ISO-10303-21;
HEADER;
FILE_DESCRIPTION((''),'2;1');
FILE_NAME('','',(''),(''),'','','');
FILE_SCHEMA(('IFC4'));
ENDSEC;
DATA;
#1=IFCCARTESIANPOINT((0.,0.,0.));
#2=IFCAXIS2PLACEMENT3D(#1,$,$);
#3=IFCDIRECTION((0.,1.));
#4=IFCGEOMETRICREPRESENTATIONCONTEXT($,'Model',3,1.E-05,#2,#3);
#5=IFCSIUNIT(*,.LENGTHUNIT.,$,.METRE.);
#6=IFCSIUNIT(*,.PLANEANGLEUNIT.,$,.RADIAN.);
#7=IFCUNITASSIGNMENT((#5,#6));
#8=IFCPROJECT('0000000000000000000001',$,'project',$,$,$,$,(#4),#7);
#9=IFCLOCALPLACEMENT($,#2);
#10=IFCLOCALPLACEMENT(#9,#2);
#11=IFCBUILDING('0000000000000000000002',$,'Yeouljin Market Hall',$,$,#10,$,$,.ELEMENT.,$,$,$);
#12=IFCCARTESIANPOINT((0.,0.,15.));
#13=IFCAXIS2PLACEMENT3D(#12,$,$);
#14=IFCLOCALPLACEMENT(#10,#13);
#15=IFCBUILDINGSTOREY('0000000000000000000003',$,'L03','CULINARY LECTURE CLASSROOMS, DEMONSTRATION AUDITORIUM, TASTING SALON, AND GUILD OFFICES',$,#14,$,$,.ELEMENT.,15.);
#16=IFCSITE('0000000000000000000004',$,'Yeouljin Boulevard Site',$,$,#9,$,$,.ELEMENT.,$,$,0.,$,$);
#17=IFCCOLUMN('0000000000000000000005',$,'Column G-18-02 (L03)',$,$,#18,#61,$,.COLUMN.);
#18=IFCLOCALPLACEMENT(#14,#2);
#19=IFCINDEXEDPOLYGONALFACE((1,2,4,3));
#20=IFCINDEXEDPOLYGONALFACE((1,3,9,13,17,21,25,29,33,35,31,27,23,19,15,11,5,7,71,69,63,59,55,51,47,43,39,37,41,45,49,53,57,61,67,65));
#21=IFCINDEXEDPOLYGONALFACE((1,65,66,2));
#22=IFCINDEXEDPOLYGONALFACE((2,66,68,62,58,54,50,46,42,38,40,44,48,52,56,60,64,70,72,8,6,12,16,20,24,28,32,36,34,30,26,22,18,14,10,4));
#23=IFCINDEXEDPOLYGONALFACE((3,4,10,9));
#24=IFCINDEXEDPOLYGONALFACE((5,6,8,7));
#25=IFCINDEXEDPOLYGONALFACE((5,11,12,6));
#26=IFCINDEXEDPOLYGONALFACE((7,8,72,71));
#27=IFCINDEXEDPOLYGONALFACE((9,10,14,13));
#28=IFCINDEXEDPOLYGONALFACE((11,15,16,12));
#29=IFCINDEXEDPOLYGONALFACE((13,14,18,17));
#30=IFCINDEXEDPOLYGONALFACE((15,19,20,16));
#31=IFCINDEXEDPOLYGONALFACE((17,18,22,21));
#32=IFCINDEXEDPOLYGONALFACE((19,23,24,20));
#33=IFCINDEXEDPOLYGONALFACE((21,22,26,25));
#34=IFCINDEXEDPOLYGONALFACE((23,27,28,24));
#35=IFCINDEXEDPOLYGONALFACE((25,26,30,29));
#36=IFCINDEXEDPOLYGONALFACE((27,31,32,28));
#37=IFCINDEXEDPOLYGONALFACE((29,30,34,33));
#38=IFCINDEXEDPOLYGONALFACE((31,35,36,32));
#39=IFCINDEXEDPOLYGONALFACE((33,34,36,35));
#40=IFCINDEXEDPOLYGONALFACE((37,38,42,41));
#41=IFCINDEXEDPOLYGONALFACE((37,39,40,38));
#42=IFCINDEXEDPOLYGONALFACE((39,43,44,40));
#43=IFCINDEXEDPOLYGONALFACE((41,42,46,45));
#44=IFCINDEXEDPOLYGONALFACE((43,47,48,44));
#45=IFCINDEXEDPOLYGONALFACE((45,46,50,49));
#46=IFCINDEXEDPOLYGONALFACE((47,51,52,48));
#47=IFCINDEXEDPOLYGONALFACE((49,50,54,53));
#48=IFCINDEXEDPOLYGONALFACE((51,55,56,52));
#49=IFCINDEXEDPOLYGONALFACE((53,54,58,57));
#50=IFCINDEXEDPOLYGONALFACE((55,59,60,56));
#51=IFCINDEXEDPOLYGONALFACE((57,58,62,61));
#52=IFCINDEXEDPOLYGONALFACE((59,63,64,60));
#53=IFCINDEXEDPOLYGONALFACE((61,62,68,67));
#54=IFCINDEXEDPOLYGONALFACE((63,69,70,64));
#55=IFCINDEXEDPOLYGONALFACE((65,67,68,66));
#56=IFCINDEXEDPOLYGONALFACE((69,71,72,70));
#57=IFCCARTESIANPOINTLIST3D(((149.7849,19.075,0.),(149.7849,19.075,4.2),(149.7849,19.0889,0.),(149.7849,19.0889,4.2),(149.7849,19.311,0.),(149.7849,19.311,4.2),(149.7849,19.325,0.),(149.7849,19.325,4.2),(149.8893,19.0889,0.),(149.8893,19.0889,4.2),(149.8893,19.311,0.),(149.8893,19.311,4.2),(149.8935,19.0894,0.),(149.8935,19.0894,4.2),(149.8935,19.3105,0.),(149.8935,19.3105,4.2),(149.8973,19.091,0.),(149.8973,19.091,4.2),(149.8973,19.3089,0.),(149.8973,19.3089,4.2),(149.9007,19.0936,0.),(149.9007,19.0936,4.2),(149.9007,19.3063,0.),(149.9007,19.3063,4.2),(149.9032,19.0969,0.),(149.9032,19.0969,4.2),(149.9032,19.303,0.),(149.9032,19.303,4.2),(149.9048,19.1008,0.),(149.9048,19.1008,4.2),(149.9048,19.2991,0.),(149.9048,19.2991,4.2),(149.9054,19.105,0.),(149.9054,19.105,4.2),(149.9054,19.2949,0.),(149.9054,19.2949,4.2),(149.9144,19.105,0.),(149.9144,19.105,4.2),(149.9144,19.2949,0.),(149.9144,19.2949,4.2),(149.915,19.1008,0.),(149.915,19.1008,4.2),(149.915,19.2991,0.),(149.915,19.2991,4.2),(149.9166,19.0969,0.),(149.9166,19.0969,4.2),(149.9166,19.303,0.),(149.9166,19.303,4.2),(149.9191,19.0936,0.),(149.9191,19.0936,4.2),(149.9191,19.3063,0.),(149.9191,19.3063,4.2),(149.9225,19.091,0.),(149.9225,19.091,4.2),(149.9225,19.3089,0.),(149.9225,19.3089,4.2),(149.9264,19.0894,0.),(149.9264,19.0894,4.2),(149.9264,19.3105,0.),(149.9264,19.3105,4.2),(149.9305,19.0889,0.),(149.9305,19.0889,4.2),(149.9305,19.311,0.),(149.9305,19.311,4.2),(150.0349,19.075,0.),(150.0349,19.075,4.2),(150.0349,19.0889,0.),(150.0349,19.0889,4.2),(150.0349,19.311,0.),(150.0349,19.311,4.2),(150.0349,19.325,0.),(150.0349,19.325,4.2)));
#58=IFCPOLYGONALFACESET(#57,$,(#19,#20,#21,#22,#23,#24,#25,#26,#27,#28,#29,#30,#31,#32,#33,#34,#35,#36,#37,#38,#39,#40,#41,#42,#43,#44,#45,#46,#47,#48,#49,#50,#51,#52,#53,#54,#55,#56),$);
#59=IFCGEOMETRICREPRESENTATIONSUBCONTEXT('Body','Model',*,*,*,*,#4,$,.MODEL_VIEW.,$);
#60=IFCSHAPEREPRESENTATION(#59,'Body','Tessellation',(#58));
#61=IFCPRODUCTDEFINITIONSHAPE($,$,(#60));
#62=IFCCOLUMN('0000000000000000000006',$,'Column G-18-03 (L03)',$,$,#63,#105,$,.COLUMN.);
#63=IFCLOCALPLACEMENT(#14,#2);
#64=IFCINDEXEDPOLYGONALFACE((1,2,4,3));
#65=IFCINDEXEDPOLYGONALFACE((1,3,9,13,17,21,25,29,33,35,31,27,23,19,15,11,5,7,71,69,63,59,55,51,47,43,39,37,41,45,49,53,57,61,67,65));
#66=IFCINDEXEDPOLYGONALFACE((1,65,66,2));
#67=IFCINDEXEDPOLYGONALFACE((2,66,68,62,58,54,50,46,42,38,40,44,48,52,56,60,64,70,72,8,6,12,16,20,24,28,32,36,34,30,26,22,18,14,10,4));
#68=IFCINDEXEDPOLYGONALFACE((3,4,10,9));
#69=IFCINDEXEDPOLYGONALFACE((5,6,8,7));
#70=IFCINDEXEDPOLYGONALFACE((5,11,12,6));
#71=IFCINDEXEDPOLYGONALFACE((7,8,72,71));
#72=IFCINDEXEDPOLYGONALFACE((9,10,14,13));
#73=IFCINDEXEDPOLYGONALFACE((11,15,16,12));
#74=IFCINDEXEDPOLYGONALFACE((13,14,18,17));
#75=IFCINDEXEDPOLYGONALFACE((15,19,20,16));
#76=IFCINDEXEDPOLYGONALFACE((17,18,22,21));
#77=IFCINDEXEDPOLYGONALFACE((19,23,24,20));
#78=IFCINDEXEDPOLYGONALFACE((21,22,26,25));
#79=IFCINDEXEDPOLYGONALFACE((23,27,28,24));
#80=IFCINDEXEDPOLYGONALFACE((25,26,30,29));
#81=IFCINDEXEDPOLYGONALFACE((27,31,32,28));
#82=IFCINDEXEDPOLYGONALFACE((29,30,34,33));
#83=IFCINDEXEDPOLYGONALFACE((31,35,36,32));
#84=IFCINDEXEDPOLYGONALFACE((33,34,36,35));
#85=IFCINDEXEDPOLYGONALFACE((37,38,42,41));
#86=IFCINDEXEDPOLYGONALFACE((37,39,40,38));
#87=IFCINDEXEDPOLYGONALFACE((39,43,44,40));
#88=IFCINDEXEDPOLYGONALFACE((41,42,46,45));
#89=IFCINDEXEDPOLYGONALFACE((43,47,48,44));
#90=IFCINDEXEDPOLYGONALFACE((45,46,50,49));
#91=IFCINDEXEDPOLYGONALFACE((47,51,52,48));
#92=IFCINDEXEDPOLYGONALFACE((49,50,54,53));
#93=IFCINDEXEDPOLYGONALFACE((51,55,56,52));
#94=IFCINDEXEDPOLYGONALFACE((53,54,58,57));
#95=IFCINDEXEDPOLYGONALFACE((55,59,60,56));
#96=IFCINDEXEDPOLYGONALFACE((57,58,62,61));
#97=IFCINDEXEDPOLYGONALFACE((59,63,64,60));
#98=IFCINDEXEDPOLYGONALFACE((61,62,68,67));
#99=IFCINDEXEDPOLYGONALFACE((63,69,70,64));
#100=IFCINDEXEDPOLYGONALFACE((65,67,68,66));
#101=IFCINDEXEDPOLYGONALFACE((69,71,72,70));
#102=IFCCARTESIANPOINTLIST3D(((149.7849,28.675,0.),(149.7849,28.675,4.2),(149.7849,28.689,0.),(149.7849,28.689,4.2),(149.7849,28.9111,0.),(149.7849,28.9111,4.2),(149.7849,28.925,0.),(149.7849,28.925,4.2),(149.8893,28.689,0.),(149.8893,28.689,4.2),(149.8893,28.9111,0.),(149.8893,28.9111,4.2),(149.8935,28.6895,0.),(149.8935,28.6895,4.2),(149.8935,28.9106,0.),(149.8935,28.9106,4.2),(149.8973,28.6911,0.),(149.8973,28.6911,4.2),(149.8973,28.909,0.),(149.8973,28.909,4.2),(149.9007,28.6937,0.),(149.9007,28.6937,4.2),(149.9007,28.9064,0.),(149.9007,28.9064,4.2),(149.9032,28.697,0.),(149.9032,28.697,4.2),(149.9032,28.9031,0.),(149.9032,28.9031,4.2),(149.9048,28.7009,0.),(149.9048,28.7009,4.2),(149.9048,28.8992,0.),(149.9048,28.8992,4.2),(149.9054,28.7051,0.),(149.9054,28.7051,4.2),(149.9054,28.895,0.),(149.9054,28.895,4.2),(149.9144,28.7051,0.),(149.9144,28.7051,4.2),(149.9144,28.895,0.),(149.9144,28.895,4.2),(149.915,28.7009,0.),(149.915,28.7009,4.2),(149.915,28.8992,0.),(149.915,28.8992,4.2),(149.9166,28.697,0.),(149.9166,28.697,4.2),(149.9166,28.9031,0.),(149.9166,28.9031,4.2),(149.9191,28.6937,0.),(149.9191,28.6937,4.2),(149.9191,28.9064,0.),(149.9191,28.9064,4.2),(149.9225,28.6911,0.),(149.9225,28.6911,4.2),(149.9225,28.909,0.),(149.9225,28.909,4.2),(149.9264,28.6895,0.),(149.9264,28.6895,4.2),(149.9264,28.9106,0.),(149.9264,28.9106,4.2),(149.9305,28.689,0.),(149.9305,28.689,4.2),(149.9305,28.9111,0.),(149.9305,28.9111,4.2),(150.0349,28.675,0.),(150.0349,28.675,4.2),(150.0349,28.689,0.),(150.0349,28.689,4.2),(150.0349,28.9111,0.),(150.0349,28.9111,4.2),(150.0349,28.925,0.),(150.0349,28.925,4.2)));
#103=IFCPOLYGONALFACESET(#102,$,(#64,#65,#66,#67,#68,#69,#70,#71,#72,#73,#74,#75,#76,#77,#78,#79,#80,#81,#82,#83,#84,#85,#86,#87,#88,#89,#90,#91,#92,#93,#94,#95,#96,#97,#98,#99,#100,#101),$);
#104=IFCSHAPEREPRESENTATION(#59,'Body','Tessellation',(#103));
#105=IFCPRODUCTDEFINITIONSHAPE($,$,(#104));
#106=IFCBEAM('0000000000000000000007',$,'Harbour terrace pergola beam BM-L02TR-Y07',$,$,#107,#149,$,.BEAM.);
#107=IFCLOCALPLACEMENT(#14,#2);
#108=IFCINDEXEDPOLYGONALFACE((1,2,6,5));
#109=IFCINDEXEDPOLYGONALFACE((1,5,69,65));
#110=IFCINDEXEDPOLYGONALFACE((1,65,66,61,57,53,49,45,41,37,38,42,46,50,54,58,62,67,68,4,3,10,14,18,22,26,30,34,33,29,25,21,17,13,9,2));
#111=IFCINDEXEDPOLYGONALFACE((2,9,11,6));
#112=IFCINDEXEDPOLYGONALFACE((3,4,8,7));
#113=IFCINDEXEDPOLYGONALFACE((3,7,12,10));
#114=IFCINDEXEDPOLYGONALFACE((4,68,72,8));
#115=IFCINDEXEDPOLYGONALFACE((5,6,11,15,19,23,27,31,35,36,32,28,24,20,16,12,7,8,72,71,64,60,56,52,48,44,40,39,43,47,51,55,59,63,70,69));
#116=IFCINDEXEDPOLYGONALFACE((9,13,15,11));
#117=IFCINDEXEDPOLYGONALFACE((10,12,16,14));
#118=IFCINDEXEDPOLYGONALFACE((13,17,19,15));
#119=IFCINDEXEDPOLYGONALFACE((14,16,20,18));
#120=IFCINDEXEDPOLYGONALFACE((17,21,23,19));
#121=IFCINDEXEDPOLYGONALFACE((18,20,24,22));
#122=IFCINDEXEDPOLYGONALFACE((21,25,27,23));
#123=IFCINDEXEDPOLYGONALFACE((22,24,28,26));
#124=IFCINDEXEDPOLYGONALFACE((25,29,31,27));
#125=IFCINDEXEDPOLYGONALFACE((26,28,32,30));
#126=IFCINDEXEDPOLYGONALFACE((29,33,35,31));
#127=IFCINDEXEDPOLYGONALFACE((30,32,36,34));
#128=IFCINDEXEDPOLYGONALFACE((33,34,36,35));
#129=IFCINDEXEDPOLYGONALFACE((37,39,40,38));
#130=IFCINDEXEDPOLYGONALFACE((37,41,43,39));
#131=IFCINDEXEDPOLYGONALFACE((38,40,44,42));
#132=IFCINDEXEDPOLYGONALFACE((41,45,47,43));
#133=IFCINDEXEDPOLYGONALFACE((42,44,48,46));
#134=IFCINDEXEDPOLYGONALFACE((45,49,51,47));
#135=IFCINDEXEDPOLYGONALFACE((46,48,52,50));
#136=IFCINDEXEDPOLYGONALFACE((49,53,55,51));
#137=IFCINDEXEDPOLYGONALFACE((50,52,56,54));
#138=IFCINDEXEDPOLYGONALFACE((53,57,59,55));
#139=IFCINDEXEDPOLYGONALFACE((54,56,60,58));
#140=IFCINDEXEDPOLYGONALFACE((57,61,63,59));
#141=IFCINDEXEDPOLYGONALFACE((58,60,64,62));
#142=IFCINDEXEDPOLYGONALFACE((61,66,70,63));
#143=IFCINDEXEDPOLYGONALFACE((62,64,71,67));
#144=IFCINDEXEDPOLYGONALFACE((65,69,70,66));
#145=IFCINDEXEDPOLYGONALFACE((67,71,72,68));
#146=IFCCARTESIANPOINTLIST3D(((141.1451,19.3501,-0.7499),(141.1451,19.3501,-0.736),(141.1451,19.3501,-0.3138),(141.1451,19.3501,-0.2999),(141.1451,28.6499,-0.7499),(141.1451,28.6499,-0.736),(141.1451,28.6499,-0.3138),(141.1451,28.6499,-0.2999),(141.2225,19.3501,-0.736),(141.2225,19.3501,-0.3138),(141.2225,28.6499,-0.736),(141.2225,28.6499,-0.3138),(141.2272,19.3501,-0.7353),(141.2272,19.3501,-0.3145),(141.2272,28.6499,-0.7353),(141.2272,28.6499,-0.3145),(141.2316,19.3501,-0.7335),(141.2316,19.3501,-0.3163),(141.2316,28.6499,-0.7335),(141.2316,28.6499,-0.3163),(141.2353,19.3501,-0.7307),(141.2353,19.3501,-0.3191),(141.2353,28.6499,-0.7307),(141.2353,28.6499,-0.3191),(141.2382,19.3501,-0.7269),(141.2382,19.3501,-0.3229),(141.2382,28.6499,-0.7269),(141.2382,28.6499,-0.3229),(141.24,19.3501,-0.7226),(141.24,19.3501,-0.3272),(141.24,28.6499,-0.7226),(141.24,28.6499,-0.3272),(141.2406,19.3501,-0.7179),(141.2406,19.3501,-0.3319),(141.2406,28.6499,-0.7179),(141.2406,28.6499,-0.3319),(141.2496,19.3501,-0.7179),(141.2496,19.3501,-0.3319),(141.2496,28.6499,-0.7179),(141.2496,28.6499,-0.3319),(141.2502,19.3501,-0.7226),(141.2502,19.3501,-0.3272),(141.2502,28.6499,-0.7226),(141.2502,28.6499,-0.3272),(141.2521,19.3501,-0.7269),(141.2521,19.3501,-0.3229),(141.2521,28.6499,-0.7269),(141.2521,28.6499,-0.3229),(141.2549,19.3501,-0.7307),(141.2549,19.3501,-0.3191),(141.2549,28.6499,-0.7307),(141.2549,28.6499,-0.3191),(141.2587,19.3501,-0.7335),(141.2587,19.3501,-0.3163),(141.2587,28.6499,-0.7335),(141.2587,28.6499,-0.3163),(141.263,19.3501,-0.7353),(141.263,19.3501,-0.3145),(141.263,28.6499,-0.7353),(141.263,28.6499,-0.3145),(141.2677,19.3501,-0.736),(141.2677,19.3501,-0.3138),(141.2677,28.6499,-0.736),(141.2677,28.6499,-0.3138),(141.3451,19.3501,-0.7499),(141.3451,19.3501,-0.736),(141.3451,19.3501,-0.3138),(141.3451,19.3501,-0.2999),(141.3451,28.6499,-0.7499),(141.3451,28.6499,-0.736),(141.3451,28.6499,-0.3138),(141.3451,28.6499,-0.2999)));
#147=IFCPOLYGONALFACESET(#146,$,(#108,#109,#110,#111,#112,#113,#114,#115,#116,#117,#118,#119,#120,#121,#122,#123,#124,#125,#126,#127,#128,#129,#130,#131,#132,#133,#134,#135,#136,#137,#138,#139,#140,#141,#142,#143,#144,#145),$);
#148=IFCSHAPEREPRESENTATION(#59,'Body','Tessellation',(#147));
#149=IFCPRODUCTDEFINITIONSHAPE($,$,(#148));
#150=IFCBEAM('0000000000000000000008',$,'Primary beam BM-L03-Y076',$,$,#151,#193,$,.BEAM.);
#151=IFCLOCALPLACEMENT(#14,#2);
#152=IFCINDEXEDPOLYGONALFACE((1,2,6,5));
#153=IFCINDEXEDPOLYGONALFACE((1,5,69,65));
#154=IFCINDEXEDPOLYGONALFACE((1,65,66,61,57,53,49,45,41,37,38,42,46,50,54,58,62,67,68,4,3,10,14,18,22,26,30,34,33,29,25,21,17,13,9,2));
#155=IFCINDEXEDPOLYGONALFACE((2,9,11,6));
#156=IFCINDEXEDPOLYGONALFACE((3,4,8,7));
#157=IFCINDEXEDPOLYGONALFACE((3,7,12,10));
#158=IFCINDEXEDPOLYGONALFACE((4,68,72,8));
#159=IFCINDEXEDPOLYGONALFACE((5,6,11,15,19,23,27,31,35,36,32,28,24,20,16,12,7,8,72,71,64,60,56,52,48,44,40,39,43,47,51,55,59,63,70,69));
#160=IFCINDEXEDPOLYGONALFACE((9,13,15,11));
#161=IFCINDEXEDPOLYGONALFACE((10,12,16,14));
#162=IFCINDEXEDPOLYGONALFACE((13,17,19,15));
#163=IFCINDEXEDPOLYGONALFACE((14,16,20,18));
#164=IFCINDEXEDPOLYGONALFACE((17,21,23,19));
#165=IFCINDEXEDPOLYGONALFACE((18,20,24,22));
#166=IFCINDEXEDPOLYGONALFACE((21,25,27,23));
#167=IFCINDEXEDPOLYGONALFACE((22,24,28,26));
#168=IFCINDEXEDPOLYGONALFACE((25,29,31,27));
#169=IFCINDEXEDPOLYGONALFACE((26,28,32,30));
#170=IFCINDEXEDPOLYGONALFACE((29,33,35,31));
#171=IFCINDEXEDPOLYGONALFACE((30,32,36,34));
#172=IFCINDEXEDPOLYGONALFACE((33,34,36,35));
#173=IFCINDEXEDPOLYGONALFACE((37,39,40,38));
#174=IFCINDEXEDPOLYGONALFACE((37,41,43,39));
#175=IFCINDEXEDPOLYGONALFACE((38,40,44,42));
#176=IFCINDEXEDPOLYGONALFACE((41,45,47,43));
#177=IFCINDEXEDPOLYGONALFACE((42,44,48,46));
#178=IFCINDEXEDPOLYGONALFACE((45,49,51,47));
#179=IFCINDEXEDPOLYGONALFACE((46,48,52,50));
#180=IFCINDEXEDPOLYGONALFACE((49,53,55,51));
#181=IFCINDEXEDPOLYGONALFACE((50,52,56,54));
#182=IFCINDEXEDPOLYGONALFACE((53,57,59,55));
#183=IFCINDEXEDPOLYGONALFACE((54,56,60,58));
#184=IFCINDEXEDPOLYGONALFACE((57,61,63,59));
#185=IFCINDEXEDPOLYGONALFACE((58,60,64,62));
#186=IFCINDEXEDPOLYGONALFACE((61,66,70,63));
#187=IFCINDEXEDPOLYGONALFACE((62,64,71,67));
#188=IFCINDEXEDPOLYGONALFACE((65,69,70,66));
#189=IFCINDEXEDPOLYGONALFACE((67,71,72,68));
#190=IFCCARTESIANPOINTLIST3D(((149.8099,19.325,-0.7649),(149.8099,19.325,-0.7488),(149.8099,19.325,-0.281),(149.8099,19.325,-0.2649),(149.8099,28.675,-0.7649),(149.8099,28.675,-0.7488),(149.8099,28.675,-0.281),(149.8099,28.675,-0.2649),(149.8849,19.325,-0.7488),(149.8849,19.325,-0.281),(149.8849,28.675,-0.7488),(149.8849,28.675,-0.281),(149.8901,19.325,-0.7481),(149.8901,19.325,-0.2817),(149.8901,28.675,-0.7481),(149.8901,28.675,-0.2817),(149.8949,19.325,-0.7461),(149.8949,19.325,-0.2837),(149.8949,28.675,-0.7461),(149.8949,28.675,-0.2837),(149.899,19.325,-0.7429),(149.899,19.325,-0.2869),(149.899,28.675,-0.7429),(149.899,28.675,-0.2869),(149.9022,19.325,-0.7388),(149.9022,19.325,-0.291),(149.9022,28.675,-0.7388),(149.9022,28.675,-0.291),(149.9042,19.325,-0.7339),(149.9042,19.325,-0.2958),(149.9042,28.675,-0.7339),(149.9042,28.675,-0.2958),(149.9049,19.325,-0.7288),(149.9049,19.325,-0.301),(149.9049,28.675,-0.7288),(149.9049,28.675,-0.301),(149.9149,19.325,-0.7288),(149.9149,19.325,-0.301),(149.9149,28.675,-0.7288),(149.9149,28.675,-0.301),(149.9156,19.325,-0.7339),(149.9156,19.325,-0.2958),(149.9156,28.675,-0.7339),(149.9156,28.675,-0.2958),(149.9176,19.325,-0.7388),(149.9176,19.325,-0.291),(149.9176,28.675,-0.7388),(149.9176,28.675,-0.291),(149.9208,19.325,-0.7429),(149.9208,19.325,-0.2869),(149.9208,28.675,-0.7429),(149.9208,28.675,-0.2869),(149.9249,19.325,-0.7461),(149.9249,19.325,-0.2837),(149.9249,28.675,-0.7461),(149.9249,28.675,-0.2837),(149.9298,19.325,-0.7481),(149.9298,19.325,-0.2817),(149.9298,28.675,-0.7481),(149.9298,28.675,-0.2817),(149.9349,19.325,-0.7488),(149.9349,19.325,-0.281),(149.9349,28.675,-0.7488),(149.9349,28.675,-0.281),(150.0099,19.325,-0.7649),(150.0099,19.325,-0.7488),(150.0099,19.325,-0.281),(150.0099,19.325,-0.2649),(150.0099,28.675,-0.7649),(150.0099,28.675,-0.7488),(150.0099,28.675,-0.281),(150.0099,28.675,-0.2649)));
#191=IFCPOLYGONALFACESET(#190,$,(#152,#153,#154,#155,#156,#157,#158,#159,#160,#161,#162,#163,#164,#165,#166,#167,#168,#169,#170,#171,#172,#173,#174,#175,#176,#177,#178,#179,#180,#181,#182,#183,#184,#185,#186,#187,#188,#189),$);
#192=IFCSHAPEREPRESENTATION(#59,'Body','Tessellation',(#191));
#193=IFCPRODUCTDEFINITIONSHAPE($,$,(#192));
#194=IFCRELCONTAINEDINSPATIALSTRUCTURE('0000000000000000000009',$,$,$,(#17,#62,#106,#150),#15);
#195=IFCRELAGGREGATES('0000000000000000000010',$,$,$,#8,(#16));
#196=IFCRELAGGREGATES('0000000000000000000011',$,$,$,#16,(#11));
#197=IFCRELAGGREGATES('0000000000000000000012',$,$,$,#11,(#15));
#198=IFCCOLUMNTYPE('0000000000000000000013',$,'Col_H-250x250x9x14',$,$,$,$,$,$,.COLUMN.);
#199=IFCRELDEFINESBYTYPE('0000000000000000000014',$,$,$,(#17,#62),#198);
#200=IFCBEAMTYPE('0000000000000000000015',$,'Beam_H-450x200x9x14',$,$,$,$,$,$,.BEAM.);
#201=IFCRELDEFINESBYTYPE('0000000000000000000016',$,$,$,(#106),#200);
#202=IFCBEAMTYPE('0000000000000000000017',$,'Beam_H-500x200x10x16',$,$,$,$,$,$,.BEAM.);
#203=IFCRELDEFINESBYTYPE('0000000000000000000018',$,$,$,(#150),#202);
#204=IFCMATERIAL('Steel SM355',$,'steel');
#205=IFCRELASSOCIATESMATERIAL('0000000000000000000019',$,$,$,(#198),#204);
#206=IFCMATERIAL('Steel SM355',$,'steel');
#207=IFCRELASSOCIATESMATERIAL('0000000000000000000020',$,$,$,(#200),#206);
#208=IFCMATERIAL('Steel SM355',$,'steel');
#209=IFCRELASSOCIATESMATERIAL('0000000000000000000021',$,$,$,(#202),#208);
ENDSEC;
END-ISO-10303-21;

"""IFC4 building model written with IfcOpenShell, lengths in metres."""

from ifc_helpers import new_model, si_unit, direction, frame, origin, origin_2d, place, context, subcontext, project, spatial, i_section, extrude, material, material_profile, profile_set, type_object, element, save


model = new_model("IFC4")

# Units and contexts
model_context = context("Model", 3, precision=1e-05, world=origin(), true_north=direction((0.0, 1.0)))
body_context = subcontext(model_context, "Body", "Model", "MODEL_VIEW")
ifc_project = project(units=[si_unit("LENGTHUNIT", "METRE"), si_unit("PLANEANGLEUNIT", "RADIAN")], contexts=[model_context])

# Site, building, storey
site_placement = place(None, origin())
site = spatial("IfcSite", under=ifc_project, at=site_placement, Name="Yeouljin Boulevard Site", CompositionType="ELEMENT", RefElevation=0.0)
building_placement = place(site_placement, origin())
building = spatial("IfcBuilding", under=site, at=building_placement, Name="Yeouljin Market Hall", CompositionType="ELEMENT")
storey_placement = place(building_placement, frame((0.0, 0.0, 15.0)))
storey = spatial("IfcBuildingStorey", under=building, at=storey_placement, Name="L03", Description="CULINARY LECTURE CLASSROOMS, DEMONSTRATION AUDITORIUM, TASTING SALON, AND GUILD OFFICES", CompositionType="ELEMENT", Elevation=15.0)

# Columns
ifc_material_1 = material(Name="Steel SM355", Category="steel")
ifc_material_profile_1 = material_profile(ifc_material_1, i_section(OverallWidth=0.25, OverallDepth=0.25, WebThickness=0.009, FlangeThickness=0.0139, FilletRadius=0.0161, at=origin_2d()), Name="H-250x250x9x14")
ifc_profile_set_1 = profile_set([ifc_material_profile_1], Name="Steel SM355")
column_type = type_object("IfcColumnType", Name="Col_H-250x250x9x14", PredefinedType="COLUMN", material=ifc_profile_set_1)
for number, where, z_axis, x_axis, name in (
    (1, (149.9099, 19.2, 0.0), (0.0, 0.0, 1.0), (1.0, 0.0, 0.0), "Column G-18-02 (L03)"),
    (2, (149.9099, 28.8, 0.0), (0.0, 0.0, 1.0), (1.0, 0.0, 0.0), "Column G-18-03 (L03)"),
):
    element("IfcColumn", number, at=place(storey_placement, frame(where, z_axis=z_axis, x_axis=x_axis)), inside=storey, type_object=column_type, Name=name, PredefinedType="COLUMN", context=body_context, shape_type="SweptSolid", body=[
        extrude(i_section(OverallWidth=0.25, OverallDepth=0.25, WebThickness=0.009, FlangeThickness=0.0139, FilletRadius=0.0161, at=origin_2d()), origin(), (0.0, 0.0, 1.0), 4.2),
    ])

# Beams
ifc_material_2 = material(Name="Steel SM355", Category="steel")
ifc_material_profile_2 = material_profile(ifc_material_2, i_section(OverallWidth=0.2, OverallDepth=0.45, WebThickness=0.009, FlangeThickness=0.0139, FilletRadius=0.0181, at=origin_2d()), Name="H-450x200x9x14")
ifc_profile_set_2 = profile_set([ifc_material_profile_2], Name="Steel SM355")
beam_type_1 = type_object("IfcBeamType", Name="Beam_H-450x200x9x14", PredefinedType="BEAM", material=ifc_profile_set_2)
beam_1_placement = place(storey_placement, frame((141.2451, 19.3501, -0.5249), z_axis=(0.0, 1.0, 0.0), x_axis=(-1.0, 0.0, 0.0)))
element("IfcBeam", 3, at=beam_1_placement, inside=storey, type_object=beam_type_1, Name="Harbour terrace pergola beam BM-L02TR-Y07", PredefinedType="BEAM", context=body_context, shape_type="SweptSolid", body=[
    extrude(i_section(OverallWidth=0.2, OverallDepth=0.45, WebThickness=0.009, FlangeThickness=0.0139, FilletRadius=0.0181, at=origin_2d()), origin(), (0.0, 0.0, 1.0), 9.2998),
])
ifc_material_3 = material(Name="Steel SM355", Category="steel")
ifc_material_profile_3 = material_profile(ifc_material_3, i_section(OverallWidth=0.2, OverallDepth=0.5, WebThickness=0.01, FlangeThickness=0.0161, FilletRadius=0.02, at=origin_2d()), Name="H-500x200x10x16")
ifc_profile_set_3 = profile_set([ifc_material_profile_3], Name="Steel SM355")
beam_type_2 = type_object("IfcBeamType", Name="Beam_H-500x200x10x16", PredefinedType="BEAM", material=ifc_profile_set_3)
beam_2_placement = place(storey_placement, frame((149.9099, 19.325, -0.5149), z_axis=(0.0, 1.0, 0.0), x_axis=(-1.0, 0.0, 0.0)))
element("IfcBeam", 4, at=beam_2_placement, inside=storey, type_object=beam_type_2, Name="Primary beam BM-L03-Y076", PredefinedType="BEAM", context=body_context, shape_type="SweptSolid", body=[
    extrude(i_section(OverallWidth=0.2, OverallDepth=0.5, WebThickness=0.01, FlangeThickness=0.0161, FilletRadius=0.02, at=origin_2d()), origin(), (0.0, 0.0, 1.0), 9.3501),
])

save(model, "model.ifc")
